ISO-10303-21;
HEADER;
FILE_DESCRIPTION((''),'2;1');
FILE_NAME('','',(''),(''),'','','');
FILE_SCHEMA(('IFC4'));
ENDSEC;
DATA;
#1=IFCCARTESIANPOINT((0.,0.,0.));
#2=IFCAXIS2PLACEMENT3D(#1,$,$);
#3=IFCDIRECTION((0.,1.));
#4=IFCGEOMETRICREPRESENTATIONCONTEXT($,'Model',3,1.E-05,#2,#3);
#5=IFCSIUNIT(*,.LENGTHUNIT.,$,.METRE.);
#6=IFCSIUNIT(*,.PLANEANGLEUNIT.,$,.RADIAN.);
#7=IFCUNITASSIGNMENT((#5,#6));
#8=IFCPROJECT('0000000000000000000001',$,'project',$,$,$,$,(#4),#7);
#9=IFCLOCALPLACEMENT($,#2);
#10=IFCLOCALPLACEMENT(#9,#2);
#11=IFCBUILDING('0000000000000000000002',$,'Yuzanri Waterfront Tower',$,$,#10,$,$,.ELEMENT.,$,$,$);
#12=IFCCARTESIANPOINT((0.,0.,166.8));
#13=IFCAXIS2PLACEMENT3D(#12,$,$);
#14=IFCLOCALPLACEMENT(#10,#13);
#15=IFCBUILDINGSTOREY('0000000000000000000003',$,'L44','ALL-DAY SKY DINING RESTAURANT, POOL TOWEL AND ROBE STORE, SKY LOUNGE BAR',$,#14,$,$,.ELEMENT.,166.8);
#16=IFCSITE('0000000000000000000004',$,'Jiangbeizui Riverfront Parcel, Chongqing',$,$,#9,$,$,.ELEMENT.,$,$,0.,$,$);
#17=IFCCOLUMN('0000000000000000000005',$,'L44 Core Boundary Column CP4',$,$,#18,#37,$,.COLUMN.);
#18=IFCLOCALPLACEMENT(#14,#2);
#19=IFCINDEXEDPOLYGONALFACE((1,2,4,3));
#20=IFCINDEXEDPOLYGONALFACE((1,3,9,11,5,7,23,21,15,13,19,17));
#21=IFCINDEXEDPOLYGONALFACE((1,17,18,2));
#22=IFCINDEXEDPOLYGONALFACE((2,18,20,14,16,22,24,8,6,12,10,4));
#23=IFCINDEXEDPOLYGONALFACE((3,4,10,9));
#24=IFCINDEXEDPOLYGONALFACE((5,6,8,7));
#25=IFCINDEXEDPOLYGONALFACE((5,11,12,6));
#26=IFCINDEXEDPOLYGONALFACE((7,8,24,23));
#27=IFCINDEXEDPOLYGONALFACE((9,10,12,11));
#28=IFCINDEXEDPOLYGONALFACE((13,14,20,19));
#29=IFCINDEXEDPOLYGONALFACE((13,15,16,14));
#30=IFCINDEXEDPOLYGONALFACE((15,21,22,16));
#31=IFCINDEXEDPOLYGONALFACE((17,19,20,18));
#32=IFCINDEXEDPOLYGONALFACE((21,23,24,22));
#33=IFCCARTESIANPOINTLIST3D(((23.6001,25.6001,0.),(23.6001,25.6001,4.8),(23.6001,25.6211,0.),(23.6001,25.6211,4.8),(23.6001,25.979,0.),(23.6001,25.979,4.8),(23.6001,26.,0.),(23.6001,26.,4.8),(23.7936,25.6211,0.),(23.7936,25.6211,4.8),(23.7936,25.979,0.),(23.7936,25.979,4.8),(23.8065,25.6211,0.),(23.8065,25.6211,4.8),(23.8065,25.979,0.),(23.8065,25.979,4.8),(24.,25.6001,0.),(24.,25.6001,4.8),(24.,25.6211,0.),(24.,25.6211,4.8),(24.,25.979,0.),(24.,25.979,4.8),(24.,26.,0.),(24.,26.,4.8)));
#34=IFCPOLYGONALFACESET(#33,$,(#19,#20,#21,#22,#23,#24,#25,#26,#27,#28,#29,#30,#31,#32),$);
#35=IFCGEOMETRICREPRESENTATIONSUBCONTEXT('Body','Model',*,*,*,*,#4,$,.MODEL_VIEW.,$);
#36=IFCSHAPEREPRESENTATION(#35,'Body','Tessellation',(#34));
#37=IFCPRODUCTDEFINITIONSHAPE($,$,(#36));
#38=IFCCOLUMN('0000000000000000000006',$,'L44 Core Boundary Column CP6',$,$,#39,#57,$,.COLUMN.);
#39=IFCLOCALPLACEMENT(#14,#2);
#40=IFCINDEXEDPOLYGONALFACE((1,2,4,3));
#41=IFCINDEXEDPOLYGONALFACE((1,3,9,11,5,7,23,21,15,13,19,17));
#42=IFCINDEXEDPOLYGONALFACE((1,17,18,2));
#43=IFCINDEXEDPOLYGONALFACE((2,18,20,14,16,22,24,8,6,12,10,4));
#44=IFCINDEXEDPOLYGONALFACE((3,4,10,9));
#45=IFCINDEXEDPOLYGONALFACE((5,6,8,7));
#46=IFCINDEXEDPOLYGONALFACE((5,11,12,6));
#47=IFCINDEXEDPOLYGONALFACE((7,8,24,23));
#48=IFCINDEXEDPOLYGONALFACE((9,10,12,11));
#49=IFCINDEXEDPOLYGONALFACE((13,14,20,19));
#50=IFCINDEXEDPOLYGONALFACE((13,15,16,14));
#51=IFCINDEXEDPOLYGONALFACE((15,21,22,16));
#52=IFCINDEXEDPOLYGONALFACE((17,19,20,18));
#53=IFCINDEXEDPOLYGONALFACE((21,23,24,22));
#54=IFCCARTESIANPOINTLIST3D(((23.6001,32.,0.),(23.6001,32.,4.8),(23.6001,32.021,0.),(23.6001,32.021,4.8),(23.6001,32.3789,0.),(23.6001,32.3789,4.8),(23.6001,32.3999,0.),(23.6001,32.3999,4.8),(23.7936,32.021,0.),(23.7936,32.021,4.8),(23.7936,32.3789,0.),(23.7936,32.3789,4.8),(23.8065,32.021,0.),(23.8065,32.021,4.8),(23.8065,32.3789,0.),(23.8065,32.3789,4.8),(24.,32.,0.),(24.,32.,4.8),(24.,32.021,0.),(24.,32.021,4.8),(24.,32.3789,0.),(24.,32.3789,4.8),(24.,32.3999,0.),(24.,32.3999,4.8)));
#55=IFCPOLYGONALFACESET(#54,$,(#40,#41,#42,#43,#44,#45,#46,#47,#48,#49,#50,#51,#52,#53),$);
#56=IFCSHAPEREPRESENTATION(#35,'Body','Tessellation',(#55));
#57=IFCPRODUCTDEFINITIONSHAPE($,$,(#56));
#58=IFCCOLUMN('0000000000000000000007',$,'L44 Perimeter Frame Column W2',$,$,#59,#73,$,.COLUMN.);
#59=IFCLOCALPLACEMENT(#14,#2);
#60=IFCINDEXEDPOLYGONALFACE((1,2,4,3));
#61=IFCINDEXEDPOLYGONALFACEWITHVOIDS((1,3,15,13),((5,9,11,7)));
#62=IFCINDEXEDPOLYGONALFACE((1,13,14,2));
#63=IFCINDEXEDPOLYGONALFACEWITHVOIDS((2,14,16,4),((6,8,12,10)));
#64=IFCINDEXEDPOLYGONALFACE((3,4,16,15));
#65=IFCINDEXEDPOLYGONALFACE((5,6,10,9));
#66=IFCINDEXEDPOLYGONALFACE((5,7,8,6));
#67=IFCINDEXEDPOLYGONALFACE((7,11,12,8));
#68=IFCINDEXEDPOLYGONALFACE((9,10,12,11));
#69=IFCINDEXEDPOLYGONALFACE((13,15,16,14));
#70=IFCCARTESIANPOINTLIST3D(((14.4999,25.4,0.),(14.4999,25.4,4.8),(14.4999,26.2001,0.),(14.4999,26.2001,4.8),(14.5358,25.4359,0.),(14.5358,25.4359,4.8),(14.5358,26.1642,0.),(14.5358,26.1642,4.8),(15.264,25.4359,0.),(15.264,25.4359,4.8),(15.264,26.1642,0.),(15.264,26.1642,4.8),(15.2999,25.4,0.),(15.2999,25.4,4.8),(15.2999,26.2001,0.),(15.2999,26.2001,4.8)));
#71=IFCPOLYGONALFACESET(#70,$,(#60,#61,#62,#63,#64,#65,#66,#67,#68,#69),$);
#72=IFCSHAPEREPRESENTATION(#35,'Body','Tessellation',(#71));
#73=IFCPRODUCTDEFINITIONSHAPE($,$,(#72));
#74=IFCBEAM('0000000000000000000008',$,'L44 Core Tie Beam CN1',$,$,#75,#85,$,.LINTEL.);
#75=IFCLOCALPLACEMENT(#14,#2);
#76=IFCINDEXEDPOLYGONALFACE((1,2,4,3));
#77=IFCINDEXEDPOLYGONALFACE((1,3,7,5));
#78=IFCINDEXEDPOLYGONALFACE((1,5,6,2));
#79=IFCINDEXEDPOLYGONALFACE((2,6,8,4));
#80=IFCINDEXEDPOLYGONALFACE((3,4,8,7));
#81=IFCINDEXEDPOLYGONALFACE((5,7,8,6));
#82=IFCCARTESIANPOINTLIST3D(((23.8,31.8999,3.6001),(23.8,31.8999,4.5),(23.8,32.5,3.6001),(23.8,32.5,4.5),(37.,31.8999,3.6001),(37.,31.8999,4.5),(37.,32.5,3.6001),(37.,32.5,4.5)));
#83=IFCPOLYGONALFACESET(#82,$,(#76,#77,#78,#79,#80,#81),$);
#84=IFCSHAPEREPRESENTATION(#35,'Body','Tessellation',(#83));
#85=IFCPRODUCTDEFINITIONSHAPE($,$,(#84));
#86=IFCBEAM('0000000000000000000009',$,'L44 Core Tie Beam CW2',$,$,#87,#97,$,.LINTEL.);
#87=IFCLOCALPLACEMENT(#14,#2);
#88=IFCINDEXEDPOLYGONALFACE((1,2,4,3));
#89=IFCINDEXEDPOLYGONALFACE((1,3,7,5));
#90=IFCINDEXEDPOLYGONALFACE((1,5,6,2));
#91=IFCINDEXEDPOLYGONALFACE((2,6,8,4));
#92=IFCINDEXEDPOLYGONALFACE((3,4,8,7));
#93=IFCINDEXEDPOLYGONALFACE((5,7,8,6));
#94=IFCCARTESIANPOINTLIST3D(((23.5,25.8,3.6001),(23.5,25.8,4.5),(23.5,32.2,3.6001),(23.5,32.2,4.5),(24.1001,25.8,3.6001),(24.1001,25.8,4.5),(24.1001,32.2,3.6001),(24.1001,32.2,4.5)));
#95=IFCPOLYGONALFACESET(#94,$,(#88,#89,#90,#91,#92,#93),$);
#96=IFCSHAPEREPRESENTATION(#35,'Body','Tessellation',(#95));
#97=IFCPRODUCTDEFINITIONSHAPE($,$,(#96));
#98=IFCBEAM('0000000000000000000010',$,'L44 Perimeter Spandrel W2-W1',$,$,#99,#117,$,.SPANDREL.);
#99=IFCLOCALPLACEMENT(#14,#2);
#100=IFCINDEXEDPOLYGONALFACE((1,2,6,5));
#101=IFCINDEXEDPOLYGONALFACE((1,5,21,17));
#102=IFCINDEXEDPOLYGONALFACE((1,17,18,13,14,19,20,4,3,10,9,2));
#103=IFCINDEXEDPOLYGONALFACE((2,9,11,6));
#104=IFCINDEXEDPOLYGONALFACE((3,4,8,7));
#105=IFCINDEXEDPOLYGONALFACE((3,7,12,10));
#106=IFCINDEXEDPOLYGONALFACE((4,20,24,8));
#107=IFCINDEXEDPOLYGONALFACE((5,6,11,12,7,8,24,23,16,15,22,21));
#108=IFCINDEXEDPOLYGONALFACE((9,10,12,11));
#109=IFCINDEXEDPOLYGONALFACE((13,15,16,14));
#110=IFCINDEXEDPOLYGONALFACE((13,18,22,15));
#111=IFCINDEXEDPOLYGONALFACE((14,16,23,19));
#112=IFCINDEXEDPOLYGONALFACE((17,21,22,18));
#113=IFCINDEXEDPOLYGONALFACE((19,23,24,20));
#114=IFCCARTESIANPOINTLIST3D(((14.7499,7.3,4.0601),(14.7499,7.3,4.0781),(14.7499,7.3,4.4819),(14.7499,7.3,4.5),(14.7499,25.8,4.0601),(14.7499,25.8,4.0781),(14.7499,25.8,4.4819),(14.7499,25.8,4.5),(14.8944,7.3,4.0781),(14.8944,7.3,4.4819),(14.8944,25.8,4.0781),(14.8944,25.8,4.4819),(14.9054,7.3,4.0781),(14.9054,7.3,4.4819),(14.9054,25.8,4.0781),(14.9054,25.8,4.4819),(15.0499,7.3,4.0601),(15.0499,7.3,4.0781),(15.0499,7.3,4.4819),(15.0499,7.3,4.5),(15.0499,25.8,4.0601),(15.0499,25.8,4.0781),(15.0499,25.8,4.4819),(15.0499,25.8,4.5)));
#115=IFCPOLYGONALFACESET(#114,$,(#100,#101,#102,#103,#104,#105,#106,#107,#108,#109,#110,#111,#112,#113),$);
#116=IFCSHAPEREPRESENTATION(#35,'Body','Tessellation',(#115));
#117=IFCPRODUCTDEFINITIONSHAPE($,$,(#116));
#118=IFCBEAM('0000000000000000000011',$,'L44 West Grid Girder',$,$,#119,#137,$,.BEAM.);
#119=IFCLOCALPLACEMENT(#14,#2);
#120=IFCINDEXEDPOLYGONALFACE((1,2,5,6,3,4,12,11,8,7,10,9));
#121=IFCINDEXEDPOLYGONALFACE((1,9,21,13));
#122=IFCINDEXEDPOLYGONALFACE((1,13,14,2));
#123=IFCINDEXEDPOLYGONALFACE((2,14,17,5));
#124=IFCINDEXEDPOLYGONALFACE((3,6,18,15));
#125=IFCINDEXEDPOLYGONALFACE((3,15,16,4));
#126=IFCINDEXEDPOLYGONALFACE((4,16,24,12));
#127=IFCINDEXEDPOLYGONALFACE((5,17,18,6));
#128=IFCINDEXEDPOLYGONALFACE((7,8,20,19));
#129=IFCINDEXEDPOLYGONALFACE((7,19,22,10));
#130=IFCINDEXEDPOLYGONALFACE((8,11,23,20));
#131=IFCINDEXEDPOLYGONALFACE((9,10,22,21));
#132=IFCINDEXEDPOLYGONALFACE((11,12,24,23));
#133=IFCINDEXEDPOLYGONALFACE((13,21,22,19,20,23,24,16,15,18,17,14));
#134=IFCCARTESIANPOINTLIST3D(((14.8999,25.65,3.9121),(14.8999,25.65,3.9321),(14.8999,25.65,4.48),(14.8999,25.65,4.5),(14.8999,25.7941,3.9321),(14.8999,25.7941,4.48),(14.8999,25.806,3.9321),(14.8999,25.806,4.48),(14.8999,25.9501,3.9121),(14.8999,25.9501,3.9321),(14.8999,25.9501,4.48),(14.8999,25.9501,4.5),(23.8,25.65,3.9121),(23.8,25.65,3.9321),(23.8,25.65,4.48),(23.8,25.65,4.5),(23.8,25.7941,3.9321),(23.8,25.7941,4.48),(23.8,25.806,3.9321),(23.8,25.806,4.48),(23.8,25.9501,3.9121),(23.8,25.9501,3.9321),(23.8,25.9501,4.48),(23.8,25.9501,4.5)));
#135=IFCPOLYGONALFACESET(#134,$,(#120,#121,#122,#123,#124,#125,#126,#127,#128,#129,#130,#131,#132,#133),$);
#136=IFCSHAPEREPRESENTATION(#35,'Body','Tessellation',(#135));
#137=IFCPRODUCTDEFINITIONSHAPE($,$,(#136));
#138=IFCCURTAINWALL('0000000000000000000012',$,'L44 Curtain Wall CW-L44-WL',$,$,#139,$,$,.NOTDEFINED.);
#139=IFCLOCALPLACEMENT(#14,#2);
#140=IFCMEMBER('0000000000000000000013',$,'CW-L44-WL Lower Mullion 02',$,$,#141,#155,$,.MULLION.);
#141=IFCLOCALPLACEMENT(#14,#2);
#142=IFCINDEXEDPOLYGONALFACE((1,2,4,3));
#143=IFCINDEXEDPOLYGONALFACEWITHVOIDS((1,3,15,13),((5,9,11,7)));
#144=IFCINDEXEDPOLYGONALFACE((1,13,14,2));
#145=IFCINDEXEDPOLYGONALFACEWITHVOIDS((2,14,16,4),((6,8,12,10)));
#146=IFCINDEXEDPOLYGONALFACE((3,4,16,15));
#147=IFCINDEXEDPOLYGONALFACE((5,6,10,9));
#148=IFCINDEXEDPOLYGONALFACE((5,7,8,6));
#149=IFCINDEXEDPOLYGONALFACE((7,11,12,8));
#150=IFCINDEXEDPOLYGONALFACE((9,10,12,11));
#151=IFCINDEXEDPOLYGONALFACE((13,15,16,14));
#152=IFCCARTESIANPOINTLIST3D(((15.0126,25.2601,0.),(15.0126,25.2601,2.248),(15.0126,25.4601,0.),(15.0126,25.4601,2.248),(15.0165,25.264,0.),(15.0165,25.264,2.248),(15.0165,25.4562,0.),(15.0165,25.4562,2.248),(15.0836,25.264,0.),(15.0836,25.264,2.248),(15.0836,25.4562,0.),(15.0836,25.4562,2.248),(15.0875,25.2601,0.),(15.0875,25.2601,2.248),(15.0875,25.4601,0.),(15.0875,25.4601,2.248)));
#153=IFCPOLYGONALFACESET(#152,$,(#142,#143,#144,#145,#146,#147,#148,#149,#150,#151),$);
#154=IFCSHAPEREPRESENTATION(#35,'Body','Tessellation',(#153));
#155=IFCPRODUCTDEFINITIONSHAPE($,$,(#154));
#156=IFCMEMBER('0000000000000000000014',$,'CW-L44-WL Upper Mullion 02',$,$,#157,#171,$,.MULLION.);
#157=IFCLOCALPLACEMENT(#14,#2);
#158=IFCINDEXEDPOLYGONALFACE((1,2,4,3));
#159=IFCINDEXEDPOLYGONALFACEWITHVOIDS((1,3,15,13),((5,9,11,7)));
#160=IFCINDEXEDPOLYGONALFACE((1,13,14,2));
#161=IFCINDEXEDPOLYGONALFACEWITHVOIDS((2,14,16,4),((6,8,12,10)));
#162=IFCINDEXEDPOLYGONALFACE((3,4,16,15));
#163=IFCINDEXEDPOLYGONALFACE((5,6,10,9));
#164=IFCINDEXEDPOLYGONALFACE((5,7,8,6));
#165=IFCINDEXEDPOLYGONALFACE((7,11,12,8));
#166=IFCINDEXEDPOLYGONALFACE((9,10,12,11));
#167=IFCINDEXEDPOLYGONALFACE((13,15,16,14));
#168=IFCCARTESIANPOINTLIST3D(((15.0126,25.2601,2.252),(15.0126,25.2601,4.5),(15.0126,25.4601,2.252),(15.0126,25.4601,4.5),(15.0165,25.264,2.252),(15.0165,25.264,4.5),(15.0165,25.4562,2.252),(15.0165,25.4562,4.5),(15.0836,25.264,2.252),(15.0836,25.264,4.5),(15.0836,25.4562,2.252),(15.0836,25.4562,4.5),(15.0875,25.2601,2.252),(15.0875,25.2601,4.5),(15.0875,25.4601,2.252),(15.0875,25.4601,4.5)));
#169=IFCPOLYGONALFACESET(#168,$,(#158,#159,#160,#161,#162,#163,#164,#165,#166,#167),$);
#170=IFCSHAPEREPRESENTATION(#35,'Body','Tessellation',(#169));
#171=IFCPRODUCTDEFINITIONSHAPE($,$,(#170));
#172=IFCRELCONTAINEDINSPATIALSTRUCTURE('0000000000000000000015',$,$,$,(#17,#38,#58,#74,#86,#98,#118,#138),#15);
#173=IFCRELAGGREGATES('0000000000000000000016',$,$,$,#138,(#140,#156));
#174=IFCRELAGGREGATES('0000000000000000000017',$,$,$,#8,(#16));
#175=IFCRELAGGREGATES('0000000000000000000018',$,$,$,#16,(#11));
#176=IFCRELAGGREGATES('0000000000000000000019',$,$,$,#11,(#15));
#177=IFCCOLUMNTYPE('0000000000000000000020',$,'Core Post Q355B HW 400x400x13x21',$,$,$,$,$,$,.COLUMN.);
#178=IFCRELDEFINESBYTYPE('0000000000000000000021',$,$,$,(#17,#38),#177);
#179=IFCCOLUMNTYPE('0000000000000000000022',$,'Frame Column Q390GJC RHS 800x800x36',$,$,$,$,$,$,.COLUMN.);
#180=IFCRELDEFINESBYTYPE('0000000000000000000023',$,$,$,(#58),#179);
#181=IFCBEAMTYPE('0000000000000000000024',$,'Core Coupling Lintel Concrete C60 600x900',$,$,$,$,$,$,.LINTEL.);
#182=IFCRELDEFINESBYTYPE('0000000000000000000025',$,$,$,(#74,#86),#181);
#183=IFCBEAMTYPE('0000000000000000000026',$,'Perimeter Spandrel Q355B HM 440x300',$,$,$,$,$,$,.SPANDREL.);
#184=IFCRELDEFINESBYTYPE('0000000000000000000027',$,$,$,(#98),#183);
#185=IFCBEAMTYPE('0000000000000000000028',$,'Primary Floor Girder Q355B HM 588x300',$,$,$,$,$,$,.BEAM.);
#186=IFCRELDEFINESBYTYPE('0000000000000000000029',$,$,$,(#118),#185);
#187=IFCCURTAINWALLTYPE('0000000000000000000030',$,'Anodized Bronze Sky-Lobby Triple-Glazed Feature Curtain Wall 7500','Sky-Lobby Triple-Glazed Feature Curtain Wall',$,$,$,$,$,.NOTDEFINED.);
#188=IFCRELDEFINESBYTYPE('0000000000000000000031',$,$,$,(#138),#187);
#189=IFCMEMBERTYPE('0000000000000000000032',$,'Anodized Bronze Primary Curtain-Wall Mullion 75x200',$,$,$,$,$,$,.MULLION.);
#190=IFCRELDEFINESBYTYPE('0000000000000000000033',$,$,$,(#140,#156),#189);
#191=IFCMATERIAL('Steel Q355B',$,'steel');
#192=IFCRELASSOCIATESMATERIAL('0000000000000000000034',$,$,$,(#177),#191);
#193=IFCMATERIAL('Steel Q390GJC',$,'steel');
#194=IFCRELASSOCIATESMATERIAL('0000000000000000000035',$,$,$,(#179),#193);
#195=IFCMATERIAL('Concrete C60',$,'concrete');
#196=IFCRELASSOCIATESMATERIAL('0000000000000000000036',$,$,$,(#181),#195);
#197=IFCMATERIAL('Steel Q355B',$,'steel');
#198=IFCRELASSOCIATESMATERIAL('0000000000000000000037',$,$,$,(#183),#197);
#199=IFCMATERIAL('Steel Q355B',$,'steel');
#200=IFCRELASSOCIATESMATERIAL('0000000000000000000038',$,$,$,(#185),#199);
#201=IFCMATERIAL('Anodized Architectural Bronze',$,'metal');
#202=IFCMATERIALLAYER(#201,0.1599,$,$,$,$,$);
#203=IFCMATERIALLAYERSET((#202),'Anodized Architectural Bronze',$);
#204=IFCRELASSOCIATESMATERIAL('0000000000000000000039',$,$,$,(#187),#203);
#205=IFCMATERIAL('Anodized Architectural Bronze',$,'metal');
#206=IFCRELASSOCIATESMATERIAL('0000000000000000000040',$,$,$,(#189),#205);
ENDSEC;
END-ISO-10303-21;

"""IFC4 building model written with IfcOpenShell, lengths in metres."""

from ifc_helpers import new_model, si_unit, direction, frame, origin, origin_2d, place, context, subcontext, project, spatial, rectangle, hollow_rectangle, i_section, extrude, source, transform, mapped, material, layer, layer_set, material_profile, profile_set, type_object, element, aggregate, save


model = new_model("IFC4")

# Units and contexts
model_context = context("Model", 3, precision=1e-05, world=origin(), true_north=direction((0.0, 1.0)))
body_context = subcontext(model_context, "Body", "Model", "MODEL_VIEW")
ifc_project = project(units=[si_unit("LENGTHUNIT", "METRE"), si_unit("PLANEANGLEUNIT", "RADIAN")], contexts=[model_context])

# Site, building, storey
site_placement = place(None, origin())
site = spatial("IfcSite", under=ifc_project, at=site_placement, Name="Jiangbeizui Riverfront Parcel, Chongqing", CompositionType="ELEMENT", RefElevation=0.0)
building_placement = place(site_placement, origin())
building = spatial("IfcBuilding", under=site, at=building_placement, Name="Yuzanri Waterfront Tower", CompositionType="ELEMENT")
storey_placement = place(building_placement, frame((0.0, 0.0, 166.8)))
storey = spatial("IfcBuildingStorey", under=building, at=storey_placement, Name="L44", Description="ALL-DAY SKY DINING RESTAURANT, POOL TOWEL AND ROBE STORE, SKY LOUNGE BAR", CompositionType="ELEMENT", Elevation=166.8)

# Columns
ifc_material_1 = material(Name="Steel Q355B", Category="steel")
ifc_material_profile_1 = material_profile(ifc_material_1, i_section(OverallWidth=0.3999, OverallDepth=0.3999, WebThickness=0.0129, FlangeThickness=0.021, at=origin_2d()), Name="HW 400x400x13x21")
ifc_profile_set_1 = profile_set([ifc_material_profile_1], Name="Steel Q355B")
column_type_1 = type_object("IfcColumnType", Name="Core Post Q355B HW 400x400x13x21", PredefinedType="COLUMN", material=ifc_profile_set_1)
shared_shape_1 = source(origin(), body_context, "Body", "SweptSolid", [
    extrude(i_section(OverallWidth=0.3999, OverallDepth=0.3999, WebThickness=0.0129, FlangeThickness=0.021, at=origin_2d()), origin(), (0.0, 0.0, 1.0), 4.8),
])
for number, where, z_axis, x_axis, name in (
    (1, (23.8, 25.8, 0.0), (0.0, 0.0, 1.0), (1.0, 0.0, 0.0), "L44 Core Boundary Column CP4"),
    (2, (23.8, 32.2, 0.0), (0.0, 0.0, 1.0), (1.0, 0.0, 0.0), "L44 Core Boundary Column CP6"),
):
    element("IfcColumn", number, at=place(storey_placement, frame(where, z_axis=z_axis, x_axis=x_axis)), inside=storey, type_object=column_type_1, Name=name, PredefinedType="COLUMN", context=body_context, shape_type="MappedRepresentation", body=[
        mapped(shared_shape_1, transform((0.0, 0.0, 0.0), scale=1.0)),
    ])
ifc_material_2 = material(Name="Steel Q390GJC", Category="steel")
ifc_material_profile_2 = material_profile(ifc_material_2, hollow_rectangle(XDim=0.8, YDim=0.8, WallThickness=0.0359, at=origin_2d()), Name="RHS 800x800x36")
ifc_profile_set_2 = profile_set([ifc_material_profile_2], Name="Steel Q390GJC")
column_type_2 = type_object("IfcColumnType", Name="Frame Column Q390GJC RHS 800x800x36", PredefinedType="COLUMN", material=ifc_profile_set_2)
shared_shape_2 = source(origin(), body_context, "Body", "SweptSolid", [
    extrude(hollow_rectangle(XDim=0.8, YDim=0.8, WallThickness=0.0359, at=origin_2d()), origin(), (0.0, 0.0, 1.0), 4.8),
])
column_placement = place(storey_placement, frame((14.8999, 25.8, 0.0), z_axis=(0.0, 0.0, 1.0), x_axis=(1.0, 0.0, 0.0)))
element("IfcColumn", 3, at=column_placement, inside=storey, type_object=column_type_2, Name="L44 Perimeter Frame Column W2", PredefinedType="COLUMN", context=body_context, shape_type="MappedRepresentation", body=[
    mapped(shared_shape_2, transform((0.0, 0.0, 0.0), scale=1.0)),
])

# Beams
ifc_material_3 = material(Name="Concrete C60", Category="concrete")
ifc_material_profile_3 = material_profile(ifc_material_3, rectangle(XDim=0.6001, YDim=0.8999, at=origin_2d()), Name="RC 600x900")
ifc_profile_set_3 = profile_set([ifc_material_profile_3], Name="Concrete C60")
beam_type_1 = type_object("IfcBeamType", Name="Core Coupling Lintel Concrete C60 600x900", PredefinedType="LINTEL", material=ifc_profile_set_3)
shared_shape_3 = source(origin(), body_context, "Body", "SweptSolid", [
    extrude(rectangle(XDim=0.6001, YDim=0.8999, at=origin_2d()), origin(), (0.0, 0.0, 1.0), 13.2),
])
beam_1_placement = place(storey_placement, frame((23.8, 32.2, 4.05), z_axis=(1.0, 0.0, 0.0), x_axis=(0.0, 1.0, 0.0)))
element("IfcBeam", 4, at=beam_1_placement, inside=storey, type_object=beam_type_1, Name="L44 Core Tie Beam CN1", PredefinedType="LINTEL", context=body_context, shape_type="MappedRepresentation", body=[
    mapped(shared_shape_3, transform((0.0, 0.0, 0.0), scale=1.0)),
])
shared_shape_4 = source(origin(), body_context, "Body", "SweptSolid", [
    extrude(rectangle(XDim=0.6001, YDim=0.8999, at=origin_2d()), origin(), (0.0, 0.0, 1.0), 6.3999),
])
beam_2_placement = place(storey_placement, frame((23.8, 25.8, 4.05), z_axis=(0.0, 1.0, 0.0), x_axis=(-1.0, 0.0, 0.0)))
element("IfcBeam", 5, at=beam_2_placement, inside=storey, type_object=beam_type_1, Name="L44 Core Tie Beam CW2", PredefinedType="LINTEL", context=body_context, shape_type="MappedRepresentation", body=[
    mapped(shared_shape_4, transform((0.0, 0.0, 0.0), scale=1.0)),
])
ifc_material_4 = material(Name="Steel Q355B", Category="steel")
ifc_material_profile_4 = material_profile(ifc_material_4, i_section(OverallWidth=0.3, OverallDepth=0.4399, WebThickness=0.011, FlangeThickness=0.0181, at=origin_2d()), Name="HM 440x300x11x18")
ifc_profile_set_4 = profile_set([ifc_material_profile_4], Name="Steel Q355B")
beam_type_2 = type_object("IfcBeamType", Name="Perimeter Spandrel Q355B HM 440x300", PredefinedType="SPANDREL", material=ifc_profile_set_4)
shared_shape_5 = source(origin(), body_context, "Body", "SweptSolid", [
    extrude(i_section(OverallWidth=0.3, OverallDepth=0.4399, WebThickness=0.011, FlangeThickness=0.0181, at=origin_2d()), origin(), (0.0, 0.0, 1.0), 18.5),
])
beam_3_placement = place(storey_placement, frame((14.8999, 25.8, 4.28), z_axis=(0.0, -1.0, 0.0), x_axis=(1.0, 0.0, 0.0)))
element("IfcBeam", 6, at=beam_3_placement, inside=storey, type_object=beam_type_2, Name="L44 Perimeter Spandrel W2-W1", PredefinedType="SPANDREL", context=body_context, shape_type="MappedRepresentation", body=[
    mapped(shared_shape_5, transform((0.0, 0.0, 0.0), scale=1.0)),
])
ifc_material_5 = material(Name="Steel Q355B", Category="steel")
ifc_material_profile_5 = material_profile(ifc_material_5, i_section(OverallWidth=0.3, OverallDepth=0.5879, WebThickness=0.012, FlangeThickness=0.02, at=origin_2d()), Name="HM 588x300x12x20")
ifc_profile_set_5 = profile_set([ifc_material_profile_5], Name="Steel Q355B")
beam_type_3 = type_object("IfcBeamType", Name="Primary Floor Girder Q355B HM 588x300", PredefinedType="BEAM", material=ifc_profile_set_5)
shared_shape_6 = source(origin(), body_context, "Body", "SweptSolid", [
    extrude(i_section(OverallWidth=0.3, OverallDepth=0.5879, WebThickness=0.012, FlangeThickness=0.02, at=origin_2d()), origin(), (0.0, 0.0, 1.0), 8.9001),
])
beam_4_placement = place(storey_placement, frame((23.8, 25.8, 4.2061), z_axis=(-1.0, 0.0, 0.0), x_axis=(0.0, -1.0, 0.0)))
element("IfcBeam", 7, at=beam_4_placement, inside=storey, type_object=beam_type_3, Name="L44 West Grid Girder", PredefinedType="BEAM", context=body_context, shape_type="MappedRepresentation", body=[
    mapped(shared_shape_6, transform((0.0, 0.0, 0.0), scale=1.0)),
])

# Curtain wall, members
ifc_material_6 = material(Name="Anodized Architectural Bronze", Category="metal")
ifc_layer_1 = layer(ifc_material_6, 0.1599)
ifc_layer_set_1 = layer_set([ifc_layer_1], Name="Anodized Architectural Bronze")
curtain_wall_type = type_object("IfcCurtainWallType", Name="Anodized Bronze Sky-Lobby Triple-Glazed Feature Curtain Wall 7500", Description="Sky-Lobby Triple-Glazed Feature Curtain Wall", PredefinedType="NOTDEFINED", material=ifc_layer_set_1)
curtain_wall_1_placement = place(storey_placement, origin())
curtain_wall_1 = element("IfcCurtainWall", 8, at=curtain_wall_1_placement, inside=storey, type_object=curtain_wall_type, Name="L44 Curtain Wall CW-L44-WL", PredefinedType="NOTDEFINED")
ifc_material_7 = material(Name="Anodized Architectural Bronze", Category="metal")
ifc_material_profile_6 = material_profile(ifc_material_7, hollow_rectangle(XDim=0.075, YDim=0.2, WallThickness=0.0039, at=origin_2d()), Name="CWM 75x200")
ifc_profile_set_6 = profile_set([ifc_material_profile_6], Name="Anodized Architectural Bronze")
member_type_1 = type_object("IfcMemberType", Name="Anodized Bronze Primary Curtain-Wall Mullion 75x200", PredefinedType="MULLION", material=ifc_profile_set_6)
shared_shape_7 = source(origin(), body_context, "Body", "SweptSolid", [
    extrude(hollow_rectangle(XDim=0.075, YDim=0.2, WallThickness=0.0039, at=origin_2d()), origin(), (0.0, 0.0, 1.0), 2.248),
])
member_1_placement = place(storey_placement, frame((15.05, 25.3601, 0.0), z_axis=(0.0, 0.0, 1.0), x_axis=(1.0, 0.0, 0.0)))
member_1 = element("IfcMember", 9, at=member_1_placement, type_object=member_type_1, Name="CW-L44-WL Lower Mullion 02", PredefinedType="MULLION", context=body_context, shape_type="MappedRepresentation", body=[
    mapped(shared_shape_7, transform((0.0, 0.0, 0.0), scale=1.0)),
])
member_2_placement = place(storey_placement, frame((15.05, 25.3601, 2.252), z_axis=(0.0, 0.0, 1.0), x_axis=(1.0, 0.0, 0.0)))
member_2 = element("IfcMember", 10, at=member_2_placement, type_object=member_type_1, Name="CW-L44-WL Upper Mullion 02", PredefinedType="MULLION", context=body_context, shape_type="MappedRepresentation", body=[
    mapped(shared_shape_7, transform((0.0, 0.0, 0.0), scale=1.0)),
])
aggregate(curtain_wall_1, [member_1, member_2])

save(model, "model.ifc")
